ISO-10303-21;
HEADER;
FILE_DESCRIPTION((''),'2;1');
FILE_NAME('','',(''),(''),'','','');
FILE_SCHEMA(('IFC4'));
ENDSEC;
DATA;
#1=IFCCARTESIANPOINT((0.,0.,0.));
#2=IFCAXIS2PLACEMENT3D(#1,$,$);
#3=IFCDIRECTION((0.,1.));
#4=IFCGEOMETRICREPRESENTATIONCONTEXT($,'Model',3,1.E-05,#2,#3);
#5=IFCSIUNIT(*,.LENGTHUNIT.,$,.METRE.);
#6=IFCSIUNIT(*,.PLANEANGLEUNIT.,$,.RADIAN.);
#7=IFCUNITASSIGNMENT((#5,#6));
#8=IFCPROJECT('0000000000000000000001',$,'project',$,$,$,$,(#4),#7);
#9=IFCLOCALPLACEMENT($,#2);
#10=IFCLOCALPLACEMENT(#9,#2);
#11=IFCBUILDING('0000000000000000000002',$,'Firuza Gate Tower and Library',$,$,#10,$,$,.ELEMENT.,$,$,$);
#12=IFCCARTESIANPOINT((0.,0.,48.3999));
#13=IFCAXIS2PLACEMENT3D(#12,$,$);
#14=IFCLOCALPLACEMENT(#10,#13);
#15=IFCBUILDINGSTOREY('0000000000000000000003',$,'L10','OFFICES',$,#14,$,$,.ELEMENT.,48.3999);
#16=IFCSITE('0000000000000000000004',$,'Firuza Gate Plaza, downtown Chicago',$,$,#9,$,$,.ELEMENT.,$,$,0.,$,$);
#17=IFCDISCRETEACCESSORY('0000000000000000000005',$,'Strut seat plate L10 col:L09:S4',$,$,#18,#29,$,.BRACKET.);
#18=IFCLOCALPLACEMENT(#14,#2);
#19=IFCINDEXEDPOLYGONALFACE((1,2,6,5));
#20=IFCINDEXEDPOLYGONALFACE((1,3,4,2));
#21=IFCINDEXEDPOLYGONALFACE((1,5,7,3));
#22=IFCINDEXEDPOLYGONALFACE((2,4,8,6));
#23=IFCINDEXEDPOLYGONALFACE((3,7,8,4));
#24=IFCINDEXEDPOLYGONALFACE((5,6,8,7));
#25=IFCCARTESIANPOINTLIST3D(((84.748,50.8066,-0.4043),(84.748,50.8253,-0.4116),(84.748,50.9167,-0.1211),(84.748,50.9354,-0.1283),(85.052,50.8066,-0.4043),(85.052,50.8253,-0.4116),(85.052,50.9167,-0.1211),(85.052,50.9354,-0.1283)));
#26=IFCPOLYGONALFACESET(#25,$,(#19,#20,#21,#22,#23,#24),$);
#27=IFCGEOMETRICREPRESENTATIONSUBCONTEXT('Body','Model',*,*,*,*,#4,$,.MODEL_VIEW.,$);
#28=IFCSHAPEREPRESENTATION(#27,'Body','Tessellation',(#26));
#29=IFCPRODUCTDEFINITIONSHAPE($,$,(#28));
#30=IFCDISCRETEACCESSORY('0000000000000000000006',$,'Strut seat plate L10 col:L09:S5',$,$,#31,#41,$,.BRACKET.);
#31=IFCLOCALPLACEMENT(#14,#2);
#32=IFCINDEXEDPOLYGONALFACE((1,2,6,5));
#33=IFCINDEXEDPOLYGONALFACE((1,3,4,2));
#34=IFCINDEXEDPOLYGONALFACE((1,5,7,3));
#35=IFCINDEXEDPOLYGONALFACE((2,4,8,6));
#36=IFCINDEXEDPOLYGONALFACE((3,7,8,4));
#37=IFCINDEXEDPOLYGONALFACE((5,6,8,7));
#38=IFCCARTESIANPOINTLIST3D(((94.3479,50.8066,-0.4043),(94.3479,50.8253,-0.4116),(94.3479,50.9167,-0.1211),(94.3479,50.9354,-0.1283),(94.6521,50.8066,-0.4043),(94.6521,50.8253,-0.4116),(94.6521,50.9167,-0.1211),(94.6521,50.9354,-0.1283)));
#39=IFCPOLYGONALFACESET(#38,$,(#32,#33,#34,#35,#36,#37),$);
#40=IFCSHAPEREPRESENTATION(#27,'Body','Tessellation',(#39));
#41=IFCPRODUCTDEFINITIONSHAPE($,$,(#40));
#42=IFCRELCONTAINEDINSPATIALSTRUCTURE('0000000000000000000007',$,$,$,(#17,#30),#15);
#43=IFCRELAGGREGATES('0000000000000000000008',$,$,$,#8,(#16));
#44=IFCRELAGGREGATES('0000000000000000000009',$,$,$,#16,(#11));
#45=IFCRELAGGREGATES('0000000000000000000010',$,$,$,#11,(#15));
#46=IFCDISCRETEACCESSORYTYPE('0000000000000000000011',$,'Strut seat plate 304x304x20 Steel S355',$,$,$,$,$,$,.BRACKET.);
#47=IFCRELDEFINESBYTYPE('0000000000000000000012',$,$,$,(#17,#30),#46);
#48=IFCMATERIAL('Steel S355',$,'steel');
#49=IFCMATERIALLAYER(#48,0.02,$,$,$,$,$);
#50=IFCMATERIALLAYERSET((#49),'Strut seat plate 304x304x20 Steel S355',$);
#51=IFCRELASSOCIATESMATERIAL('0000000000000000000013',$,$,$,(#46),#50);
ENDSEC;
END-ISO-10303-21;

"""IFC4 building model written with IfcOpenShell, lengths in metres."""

from ifc_helpers import new_model, si_unit, direction, frame, origin, place, context, subcontext, project, spatial, polyline, outline, extrude, material, layer, layer_set, type_object, element, save


model = new_model("IFC4")

# Units and contexts
model_context = context("Model", 3, precision=1e-05, world=origin(), true_north=direction((0.0, 1.0)))
body_context = subcontext(model_context, "Body", "Model", "MODEL_VIEW")
ifc_project = project(units=[si_unit("LENGTHUNIT", "METRE"), si_unit("PLANEANGLEUNIT", "RADIAN")], contexts=[model_context])

# Site, building, storey
site_placement = place(None, origin())
site = spatial("IfcSite", under=ifc_project, at=site_placement, Name="Firuza Gate Plaza, downtown Chicago", CompositionType="ELEMENT", RefElevation=0.0)
building_placement = place(site_placement, origin())
building = spatial("IfcBuilding", under=site, at=building_placement, Name="Firuza Gate Tower and Library", CompositionType="ELEMENT")
storey_placement = place(building_placement, frame((0.0, 0.0, 48.3999)))
storey = spatial("IfcBuildingStorey", under=building, at=storey_placement, Name="L10", Description="OFFICES", CompositionType="ELEMENT", Elevation=48.3999)

# Discrete accessories
ifc_material_1 = material(Name="Steel S355", Category="steel")
ifc_layer_1 = layer(ifc_material_1, 0.02)
ifc_layer_set_1 = layer_set([ifc_layer_1], Name="Strut seat plate 304x304x20 Steel S355")
discrete_accessory_type = type_object("IfcDiscreteAccessoryType", Name="Strut seat plate 304x304x20 Steel S355", PredefinedType="BRACKET", material=ifc_layer_set_1)
for number, where, z_axis, x_axis, name in (
    (1, (84.748, 50.9167, -0.1211), (0.0, -0.932035, 0.362369), (1.0, 0.0, 0.0), "Strut seat plate L10 col:L09:S4"),
):
    element("IfcDiscreteAccessory", number, at=place(storey_placement, frame(where, z_axis=z_axis, x_axis=x_axis)), inside=storey, type_object=discrete_accessory_type, Name=name, PredefinedType="BRACKET", context=body_context, shape_type="SweptSolid", body=[
        extrude(outline(polyline([(0.0, 0.0), (0.304, 0.0), (0.304, -0.3039), (0.0, -0.3039), (0.0, 0.0)])), origin(), (0.0, 0.0, -1.0), 0.02),
    ])
discrete_accessory_placement = place(storey_placement, frame((94.3479, 50.9167, -0.1211), z_axis=(0.0, -0.932035, 0.362369), x_axis=(1.0, 0.0, 0.0)))
element("IfcDiscreteAccessory", 2, at=discrete_accessory_placement, inside=storey, type_object=discrete_accessory_type, Name="Strut seat plate L10 col:L09:S5", PredefinedType="BRACKET", context=body_context, shape_type="SweptSolid", body=[
    extrude(outline(polyline([(0.0, 0.0), (0.3042, 0.0), (0.3042, -0.3039), (0.0, -0.3039), (0.0, 0.0)])), origin(), (0.0, 0.0, -1.0), 0.02),
])

save(model, "model.ifc")
